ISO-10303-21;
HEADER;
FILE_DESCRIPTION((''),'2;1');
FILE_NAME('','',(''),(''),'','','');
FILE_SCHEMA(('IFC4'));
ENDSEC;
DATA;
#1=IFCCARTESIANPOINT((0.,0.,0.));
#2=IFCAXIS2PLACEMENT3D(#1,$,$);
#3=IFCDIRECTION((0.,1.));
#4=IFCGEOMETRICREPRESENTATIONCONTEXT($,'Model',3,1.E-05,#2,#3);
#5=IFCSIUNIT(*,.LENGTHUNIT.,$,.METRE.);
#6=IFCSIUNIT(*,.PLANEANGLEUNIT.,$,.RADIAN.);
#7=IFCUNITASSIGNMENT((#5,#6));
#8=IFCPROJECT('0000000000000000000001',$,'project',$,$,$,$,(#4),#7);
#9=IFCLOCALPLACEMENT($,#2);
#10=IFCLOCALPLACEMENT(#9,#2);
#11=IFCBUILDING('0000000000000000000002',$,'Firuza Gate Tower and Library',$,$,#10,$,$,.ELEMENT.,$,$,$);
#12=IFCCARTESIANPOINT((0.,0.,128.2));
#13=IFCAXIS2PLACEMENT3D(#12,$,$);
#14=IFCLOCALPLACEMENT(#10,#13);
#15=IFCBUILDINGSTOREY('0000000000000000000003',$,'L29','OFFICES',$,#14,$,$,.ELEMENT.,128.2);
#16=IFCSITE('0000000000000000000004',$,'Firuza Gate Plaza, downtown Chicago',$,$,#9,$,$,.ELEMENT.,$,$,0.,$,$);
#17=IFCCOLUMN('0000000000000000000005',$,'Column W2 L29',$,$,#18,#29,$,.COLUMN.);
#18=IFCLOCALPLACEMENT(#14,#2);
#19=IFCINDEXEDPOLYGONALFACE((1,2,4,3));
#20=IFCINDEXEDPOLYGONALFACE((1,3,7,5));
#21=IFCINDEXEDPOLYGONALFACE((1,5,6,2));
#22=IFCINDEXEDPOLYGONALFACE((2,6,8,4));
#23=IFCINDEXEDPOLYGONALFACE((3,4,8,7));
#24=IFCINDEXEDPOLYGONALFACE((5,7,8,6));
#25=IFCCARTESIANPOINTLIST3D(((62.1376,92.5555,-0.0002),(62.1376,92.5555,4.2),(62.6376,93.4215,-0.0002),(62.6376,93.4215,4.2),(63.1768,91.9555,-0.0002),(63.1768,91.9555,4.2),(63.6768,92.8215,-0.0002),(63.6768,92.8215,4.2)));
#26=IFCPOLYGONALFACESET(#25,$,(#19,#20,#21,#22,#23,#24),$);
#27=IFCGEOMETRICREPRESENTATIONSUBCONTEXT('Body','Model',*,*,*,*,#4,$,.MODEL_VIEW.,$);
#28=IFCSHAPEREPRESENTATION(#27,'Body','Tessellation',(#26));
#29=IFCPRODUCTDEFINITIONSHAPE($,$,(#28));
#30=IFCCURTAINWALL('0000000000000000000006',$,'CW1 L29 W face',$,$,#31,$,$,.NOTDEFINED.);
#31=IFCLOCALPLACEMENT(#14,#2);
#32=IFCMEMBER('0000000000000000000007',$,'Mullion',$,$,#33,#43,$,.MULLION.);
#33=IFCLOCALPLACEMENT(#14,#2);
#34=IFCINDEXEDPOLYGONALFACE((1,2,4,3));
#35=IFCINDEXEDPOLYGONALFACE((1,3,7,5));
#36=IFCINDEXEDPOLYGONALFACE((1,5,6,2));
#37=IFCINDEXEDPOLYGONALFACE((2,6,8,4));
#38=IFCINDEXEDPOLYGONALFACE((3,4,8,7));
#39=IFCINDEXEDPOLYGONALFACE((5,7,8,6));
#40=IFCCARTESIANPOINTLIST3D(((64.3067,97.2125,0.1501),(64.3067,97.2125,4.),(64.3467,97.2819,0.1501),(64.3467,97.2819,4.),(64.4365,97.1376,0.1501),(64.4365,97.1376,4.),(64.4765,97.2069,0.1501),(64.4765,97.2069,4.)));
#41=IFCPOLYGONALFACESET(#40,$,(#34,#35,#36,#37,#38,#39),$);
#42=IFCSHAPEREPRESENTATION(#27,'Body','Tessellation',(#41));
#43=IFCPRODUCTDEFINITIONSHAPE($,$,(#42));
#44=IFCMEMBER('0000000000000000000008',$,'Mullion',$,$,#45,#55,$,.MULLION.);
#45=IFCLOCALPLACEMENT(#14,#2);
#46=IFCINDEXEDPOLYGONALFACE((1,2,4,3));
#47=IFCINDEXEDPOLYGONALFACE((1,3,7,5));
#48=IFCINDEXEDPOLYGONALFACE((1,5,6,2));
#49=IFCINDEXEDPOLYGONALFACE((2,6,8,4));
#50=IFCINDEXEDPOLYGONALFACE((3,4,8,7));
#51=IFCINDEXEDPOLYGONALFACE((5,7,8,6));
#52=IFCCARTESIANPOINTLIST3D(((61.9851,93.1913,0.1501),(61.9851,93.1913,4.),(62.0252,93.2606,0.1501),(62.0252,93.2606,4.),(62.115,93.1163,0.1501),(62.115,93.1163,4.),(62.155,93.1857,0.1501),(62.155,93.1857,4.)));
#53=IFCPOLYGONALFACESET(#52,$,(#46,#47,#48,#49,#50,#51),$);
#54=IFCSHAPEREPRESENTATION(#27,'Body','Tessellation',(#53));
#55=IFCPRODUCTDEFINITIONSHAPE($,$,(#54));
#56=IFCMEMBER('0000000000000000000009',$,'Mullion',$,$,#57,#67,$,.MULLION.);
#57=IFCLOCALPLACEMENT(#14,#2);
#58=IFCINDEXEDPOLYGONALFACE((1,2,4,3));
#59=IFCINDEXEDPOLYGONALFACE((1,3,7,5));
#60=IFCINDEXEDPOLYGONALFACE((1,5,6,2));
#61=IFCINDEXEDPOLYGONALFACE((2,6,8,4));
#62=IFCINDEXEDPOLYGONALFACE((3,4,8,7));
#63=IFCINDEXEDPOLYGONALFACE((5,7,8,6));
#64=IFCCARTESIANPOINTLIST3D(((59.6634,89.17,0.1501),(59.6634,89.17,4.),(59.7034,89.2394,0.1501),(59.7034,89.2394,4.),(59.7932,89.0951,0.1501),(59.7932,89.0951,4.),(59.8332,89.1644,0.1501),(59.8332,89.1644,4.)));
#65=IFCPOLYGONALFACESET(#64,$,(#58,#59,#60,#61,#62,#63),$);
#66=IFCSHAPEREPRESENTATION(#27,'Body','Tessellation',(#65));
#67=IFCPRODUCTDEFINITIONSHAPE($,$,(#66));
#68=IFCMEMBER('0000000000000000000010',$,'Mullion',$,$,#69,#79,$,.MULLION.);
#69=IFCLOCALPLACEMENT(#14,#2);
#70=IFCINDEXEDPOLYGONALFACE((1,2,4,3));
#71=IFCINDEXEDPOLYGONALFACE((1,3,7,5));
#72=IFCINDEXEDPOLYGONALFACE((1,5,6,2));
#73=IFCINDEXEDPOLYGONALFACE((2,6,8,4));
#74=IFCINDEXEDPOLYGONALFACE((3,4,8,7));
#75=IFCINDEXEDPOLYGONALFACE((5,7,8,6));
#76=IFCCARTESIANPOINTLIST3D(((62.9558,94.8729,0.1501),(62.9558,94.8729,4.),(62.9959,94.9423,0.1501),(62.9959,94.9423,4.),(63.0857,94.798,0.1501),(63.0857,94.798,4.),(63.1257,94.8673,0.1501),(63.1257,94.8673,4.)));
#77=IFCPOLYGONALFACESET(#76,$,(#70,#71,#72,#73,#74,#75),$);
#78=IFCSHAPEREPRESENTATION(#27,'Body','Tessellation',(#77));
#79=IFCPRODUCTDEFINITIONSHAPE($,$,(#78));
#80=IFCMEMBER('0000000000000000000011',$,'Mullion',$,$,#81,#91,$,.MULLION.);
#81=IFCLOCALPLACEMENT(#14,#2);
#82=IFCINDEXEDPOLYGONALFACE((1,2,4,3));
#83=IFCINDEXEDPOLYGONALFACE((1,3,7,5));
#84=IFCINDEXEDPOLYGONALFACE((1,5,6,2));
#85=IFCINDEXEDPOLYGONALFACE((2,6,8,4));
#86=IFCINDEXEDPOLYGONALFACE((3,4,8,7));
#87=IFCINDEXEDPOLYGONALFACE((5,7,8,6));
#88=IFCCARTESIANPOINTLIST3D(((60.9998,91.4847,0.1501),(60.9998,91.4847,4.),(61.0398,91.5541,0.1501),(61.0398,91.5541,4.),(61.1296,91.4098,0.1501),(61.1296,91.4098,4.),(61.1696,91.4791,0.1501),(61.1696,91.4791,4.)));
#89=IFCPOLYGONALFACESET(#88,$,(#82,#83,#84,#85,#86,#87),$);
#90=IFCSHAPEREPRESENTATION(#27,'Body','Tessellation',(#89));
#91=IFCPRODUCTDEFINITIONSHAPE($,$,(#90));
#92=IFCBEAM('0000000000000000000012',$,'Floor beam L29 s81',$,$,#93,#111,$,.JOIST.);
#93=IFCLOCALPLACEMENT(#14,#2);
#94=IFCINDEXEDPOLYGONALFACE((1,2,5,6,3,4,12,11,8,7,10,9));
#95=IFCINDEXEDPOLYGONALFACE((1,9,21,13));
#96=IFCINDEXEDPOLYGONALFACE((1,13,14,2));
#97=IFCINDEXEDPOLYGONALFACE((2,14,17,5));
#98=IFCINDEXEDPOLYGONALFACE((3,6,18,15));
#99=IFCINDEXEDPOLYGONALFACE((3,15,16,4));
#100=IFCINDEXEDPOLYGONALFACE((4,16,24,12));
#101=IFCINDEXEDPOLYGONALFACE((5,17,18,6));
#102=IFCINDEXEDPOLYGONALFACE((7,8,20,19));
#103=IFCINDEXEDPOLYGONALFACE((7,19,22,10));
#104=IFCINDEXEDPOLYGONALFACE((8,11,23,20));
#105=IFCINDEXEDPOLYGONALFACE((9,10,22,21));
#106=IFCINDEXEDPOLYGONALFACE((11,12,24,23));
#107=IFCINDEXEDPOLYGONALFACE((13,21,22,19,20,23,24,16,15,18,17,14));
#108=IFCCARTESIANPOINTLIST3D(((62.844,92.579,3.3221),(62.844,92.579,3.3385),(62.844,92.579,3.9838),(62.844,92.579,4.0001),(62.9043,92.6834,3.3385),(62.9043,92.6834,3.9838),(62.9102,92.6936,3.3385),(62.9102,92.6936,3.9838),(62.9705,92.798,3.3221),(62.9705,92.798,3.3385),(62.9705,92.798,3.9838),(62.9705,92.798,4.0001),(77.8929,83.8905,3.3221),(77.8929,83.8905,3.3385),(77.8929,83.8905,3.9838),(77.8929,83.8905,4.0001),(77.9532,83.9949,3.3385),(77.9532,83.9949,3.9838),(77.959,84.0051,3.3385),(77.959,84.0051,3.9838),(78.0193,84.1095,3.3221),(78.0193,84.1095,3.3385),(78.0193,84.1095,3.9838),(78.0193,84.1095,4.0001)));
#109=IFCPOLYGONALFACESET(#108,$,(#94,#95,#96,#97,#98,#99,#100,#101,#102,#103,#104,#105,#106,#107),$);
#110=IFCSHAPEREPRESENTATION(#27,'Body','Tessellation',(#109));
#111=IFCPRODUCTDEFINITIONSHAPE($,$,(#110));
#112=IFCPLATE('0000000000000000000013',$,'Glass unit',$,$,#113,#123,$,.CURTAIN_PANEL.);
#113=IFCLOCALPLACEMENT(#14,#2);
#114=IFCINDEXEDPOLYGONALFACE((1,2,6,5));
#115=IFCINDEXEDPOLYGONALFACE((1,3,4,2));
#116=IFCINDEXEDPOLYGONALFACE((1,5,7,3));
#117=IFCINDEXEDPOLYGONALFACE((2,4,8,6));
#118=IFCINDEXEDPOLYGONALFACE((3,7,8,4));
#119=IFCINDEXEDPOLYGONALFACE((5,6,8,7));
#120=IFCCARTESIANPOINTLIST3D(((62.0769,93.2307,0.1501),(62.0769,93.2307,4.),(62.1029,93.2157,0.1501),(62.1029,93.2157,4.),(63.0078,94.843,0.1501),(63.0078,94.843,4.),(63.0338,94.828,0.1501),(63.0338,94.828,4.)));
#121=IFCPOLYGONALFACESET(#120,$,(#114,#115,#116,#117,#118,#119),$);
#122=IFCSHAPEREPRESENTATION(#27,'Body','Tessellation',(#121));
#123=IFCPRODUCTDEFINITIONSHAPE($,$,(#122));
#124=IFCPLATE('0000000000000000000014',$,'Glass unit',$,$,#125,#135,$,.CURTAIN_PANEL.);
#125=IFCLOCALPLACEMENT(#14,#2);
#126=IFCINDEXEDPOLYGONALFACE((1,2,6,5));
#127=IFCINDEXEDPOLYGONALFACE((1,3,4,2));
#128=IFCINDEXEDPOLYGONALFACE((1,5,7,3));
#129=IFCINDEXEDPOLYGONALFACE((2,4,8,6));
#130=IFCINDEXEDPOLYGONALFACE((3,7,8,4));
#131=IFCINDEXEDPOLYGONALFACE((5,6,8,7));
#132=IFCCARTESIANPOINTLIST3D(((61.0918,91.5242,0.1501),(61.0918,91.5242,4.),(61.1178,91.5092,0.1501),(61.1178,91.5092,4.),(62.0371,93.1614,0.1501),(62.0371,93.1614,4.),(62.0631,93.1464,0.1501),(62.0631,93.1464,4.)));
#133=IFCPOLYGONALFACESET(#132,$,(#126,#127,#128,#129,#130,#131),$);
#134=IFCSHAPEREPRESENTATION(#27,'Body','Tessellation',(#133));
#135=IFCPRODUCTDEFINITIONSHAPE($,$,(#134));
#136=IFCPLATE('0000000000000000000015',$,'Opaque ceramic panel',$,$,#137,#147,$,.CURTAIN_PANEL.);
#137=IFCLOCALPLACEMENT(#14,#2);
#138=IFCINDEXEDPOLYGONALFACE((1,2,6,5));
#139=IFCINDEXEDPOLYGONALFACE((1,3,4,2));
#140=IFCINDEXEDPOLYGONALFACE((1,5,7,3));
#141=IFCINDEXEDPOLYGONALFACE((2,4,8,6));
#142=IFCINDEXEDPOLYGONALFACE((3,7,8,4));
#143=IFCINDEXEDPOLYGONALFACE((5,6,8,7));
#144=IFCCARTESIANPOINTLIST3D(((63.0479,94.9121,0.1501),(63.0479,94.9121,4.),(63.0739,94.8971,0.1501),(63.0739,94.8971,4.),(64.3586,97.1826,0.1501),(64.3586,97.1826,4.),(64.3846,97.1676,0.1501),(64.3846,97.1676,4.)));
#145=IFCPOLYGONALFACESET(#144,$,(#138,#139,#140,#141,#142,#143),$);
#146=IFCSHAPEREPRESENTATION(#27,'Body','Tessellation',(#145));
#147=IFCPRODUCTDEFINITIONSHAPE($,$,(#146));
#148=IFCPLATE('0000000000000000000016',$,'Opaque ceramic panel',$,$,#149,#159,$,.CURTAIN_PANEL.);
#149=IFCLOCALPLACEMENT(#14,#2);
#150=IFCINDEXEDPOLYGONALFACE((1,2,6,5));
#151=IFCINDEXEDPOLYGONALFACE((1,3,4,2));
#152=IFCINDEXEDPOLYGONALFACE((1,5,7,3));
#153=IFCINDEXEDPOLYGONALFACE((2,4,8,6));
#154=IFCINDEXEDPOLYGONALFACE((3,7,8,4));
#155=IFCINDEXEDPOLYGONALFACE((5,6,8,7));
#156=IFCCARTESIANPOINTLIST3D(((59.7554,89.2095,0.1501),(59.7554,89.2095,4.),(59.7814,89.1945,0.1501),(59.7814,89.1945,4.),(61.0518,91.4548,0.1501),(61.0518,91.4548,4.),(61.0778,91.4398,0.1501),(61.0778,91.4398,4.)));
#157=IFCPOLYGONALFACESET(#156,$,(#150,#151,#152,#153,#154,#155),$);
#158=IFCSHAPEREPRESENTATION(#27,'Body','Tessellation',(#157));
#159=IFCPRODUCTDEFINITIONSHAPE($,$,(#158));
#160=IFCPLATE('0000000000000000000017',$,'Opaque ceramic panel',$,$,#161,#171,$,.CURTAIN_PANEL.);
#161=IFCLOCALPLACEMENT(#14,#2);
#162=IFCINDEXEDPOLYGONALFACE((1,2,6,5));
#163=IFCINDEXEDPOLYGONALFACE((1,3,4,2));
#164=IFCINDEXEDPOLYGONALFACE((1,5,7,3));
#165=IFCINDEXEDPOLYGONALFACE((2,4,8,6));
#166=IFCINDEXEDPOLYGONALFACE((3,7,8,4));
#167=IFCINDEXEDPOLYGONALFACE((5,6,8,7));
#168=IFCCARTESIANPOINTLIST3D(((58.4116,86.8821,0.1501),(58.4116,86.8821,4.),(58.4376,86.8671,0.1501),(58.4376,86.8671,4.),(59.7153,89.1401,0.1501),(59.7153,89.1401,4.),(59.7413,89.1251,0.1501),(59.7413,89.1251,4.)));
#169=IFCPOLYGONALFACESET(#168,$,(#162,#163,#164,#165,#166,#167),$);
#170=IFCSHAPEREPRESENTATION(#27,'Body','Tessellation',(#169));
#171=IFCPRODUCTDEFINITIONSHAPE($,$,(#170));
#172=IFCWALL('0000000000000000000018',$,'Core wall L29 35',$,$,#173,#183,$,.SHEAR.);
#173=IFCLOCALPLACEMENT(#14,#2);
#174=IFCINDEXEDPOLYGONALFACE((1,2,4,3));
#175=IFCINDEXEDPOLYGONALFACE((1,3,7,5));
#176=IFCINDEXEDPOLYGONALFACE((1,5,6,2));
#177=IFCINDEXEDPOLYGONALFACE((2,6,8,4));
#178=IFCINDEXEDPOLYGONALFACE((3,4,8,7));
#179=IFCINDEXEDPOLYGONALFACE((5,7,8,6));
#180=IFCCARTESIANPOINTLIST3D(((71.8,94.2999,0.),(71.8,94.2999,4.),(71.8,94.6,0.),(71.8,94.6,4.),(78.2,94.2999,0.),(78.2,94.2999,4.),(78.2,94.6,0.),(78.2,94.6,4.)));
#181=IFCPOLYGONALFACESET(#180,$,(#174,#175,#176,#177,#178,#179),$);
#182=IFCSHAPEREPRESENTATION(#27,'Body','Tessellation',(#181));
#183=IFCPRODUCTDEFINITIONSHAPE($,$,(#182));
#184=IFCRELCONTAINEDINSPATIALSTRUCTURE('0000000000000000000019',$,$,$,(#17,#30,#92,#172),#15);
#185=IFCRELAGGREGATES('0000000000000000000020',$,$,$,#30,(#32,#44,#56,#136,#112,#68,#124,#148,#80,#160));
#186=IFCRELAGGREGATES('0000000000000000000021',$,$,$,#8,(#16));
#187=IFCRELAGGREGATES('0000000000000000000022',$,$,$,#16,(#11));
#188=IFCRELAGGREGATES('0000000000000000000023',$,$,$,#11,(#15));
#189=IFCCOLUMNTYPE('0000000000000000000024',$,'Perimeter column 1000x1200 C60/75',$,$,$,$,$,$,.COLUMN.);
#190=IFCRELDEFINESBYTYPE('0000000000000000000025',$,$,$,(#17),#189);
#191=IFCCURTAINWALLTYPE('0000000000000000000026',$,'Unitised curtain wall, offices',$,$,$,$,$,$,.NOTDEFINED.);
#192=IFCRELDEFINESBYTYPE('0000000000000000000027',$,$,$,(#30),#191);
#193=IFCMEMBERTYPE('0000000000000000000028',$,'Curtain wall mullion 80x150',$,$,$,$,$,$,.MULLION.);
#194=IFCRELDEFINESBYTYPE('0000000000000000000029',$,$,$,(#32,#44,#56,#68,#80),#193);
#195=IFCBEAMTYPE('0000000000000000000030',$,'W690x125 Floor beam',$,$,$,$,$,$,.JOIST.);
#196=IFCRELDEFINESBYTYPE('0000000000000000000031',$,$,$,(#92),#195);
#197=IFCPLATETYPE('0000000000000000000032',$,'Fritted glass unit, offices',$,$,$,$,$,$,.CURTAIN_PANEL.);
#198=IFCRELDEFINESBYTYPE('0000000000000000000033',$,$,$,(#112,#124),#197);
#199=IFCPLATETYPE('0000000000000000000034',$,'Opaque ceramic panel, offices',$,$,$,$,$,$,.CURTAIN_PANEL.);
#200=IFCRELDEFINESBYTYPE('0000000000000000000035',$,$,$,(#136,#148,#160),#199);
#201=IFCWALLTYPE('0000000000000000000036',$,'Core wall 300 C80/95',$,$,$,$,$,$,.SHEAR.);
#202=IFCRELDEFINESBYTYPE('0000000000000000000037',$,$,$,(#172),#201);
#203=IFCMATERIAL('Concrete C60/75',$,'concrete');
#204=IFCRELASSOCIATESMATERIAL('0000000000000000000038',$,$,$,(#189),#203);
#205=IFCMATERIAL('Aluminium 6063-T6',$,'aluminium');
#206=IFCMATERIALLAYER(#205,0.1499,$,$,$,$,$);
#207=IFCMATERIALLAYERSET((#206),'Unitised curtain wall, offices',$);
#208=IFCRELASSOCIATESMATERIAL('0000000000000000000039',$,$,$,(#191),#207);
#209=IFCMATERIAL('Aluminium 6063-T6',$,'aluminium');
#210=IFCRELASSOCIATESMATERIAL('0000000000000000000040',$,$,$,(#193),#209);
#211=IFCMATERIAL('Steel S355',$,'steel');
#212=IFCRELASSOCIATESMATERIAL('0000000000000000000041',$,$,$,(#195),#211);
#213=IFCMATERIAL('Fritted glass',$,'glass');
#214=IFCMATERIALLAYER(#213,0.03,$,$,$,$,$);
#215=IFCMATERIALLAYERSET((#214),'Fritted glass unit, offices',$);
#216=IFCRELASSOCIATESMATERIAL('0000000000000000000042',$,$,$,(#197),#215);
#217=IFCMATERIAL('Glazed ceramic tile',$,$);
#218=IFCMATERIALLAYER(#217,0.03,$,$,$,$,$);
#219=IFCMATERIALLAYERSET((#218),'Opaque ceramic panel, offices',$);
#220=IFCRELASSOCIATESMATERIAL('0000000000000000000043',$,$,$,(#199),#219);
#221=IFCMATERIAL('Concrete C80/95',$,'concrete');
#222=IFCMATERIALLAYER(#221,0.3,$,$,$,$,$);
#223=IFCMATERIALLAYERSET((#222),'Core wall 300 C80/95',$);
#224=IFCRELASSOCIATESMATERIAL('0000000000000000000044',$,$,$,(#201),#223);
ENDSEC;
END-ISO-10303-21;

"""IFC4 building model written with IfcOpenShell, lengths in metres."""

from ifc_helpers import new_model, si_unit, direction, frame, frame_2d, origin, origin_2d, place, context, subcontext, project, spatial, polyline, rectangle, i_section, outline, extrude, material, layer, layer_set, material_profile, profile_set, type_object, element, aggregate, save


model = new_model("IFC4")

# Units and contexts
model_context = context("Model", 3, precision=1e-05, world=origin(), true_north=direction((0.0, 1.0)))
body_context = subcontext(model_context, "Body", "Model", "MODEL_VIEW")
ifc_project = project(units=[si_unit("LENGTHUNIT", "METRE"), si_unit("PLANEANGLEUNIT", "RADIAN")], contexts=[model_context])

# Site, building, storey
site_placement = place(None, origin())
site = spatial("IfcSite", under=ifc_project, at=site_placement, Name="Firuza Gate Plaza, downtown Chicago", CompositionType="ELEMENT", RefElevation=0.0)
building_placement = place(site_placement, origin())
building = spatial("IfcBuilding", under=site, at=building_placement, Name="Firuza Gate Tower and Library", CompositionType="ELEMENT")
storey_placement = place(building_placement, frame((0.0, 0.0, 128.2)))
storey = spatial("IfcBuildingStorey", under=building, at=storey_placement, Name="L29", Description="OFFICES", CompositionType="ELEMENT", Elevation=128.2)

# Column
ifc_material_1 = material(Name="Concrete C60/75", Category="concrete")
ifc_material_profile_1 = material_profile(ifc_material_1, rectangle(XDim=1.0, YDim=1.2, at=origin_2d()))
ifc_profile_set_1 = profile_set([ifc_material_profile_1], Name="Concrete C60/75")
column_type = type_object("IfcColumnType", Name="Perimeter column 1000x1200 C60/75", PredefinedType="COLUMN", material=ifc_profile_set_1)
column_placement = place(storey_placement, frame((62.9072, 92.6885, -0.0002), z_axis=(0.0, 0.0, 1.0), x_axis=(-0.5, -0.866025, 0.0)))
element("IfcColumn", 1, at=column_placement, inside=storey, type_object=column_type, Name="Column W2 L29", PredefinedType="COLUMN", context=body_context, shape_type="SweptSolid", body=[
    extrude(rectangle(XDim=1.0, YDim=1.2, at=origin_2d()), origin(), (0.0, 0.0, 1.0), 4.2002),
])

# Curtain wall, members
ifc_material_2 = material(Name="Aluminium 6063-T6", Category="aluminium")
ifc_layer_1 = layer(ifc_material_2, 0.1499)
ifc_layer_set_1 = layer_set([ifc_layer_1], Name="Unitised curtain wall, offices")
curtain_wall_type = type_object("IfcCurtainWallType", Name="Unitised curtain wall, offices", PredefinedType="NOTDEFINED", material=ifc_layer_set_1)
placement = place(storey_placement, origin())
curtain_wall = element("IfcCurtainWall", 2, at=placement, inside=storey, type_object=curtain_wall_type, Name="CW1 L29 W face", PredefinedType="NOTDEFINED")
ifc_material_3 = material(Name="Aluminium 6063-T6", Category="aluminium")
ifc_material_profile_2 = material_profile(ifc_material_3, rectangle(XDim=0.1499, YDim=0.0801, at=origin_2d()))
ifc_profile_set_2 = profile_set([ifc_material_profile_2], Name="Aluminium 6063-T6")
member_type = type_object("IfcMemberType", Name="Curtain wall mullion 80x150", PredefinedType="MULLION", material=ifc_profile_set_2)
member_1_placement = place(storey_placement, frame((64.3916, 97.2097, 0.1501), z_axis=(0.0, 0.0, 1.0), x_axis=(0.866025, -0.5, 0.0)))
member_1 = element("IfcMember", 3, at=member_1_placement, type_object=member_type, Name="Mullion", PredefinedType="MULLION", context=body_context, shape_type="SweptSolid", body=[
    extrude(rectangle(XDim=0.1499, YDim=0.0801, at=origin_2d()), origin(), (0.0, 0.0, 1.0), 3.8499),
])
member_2_placement = place(storey_placement, frame((62.0701, 93.1885, 0.1501), z_axis=(0.0, 0.0, 1.0), x_axis=(0.866025, -0.5, 0.0)))
member_2 = element("IfcMember", 4, at=member_2_placement, type_object=member_type, Name="Mullion", PredefinedType="MULLION", context=body_context, shape_type="SweptSolid", body=[
    extrude(rectangle(XDim=0.1499, YDim=0.0801, at=origin_2d()), origin(), (0.0, 0.0, 1.0), 3.8499),
])
member_3_placement = place(storey_placement, frame((59.7483, 89.1672, 0.1501), z_axis=(0.0, 0.0, 1.0), x_axis=(0.866025, -0.5, 0.0)))
member_3 = element("IfcMember", 5, at=member_3_placement, type_object=member_type, Name="Mullion", PredefinedType="MULLION", context=body_context, shape_type="SweptSolid", body=[
    extrude(rectangle(XDim=0.1499, YDim=0.0801, at=origin_2d()), origin(), (0.0, 0.0, 1.0), 3.8499),
])
member_4_placement = place(storey_placement, frame((63.0408, 94.8701, 0.1501), z_axis=(0.0, 0.0, 1.0), x_axis=(0.866025, -0.5, 0.0)))
member_4 = element("IfcMember", 6, at=member_4_placement, type_object=member_type, Name="Mullion", PredefinedType="MULLION", context=body_context, shape_type="SweptSolid", body=[
    extrude(rectangle(XDim=0.1499, YDim=0.0801, at=origin_2d()), origin(), (0.0, 0.0, 1.0), 3.8499),
])
member_5_placement = place(storey_placement, frame((61.0847, 91.4819, 0.1501), z_axis=(0.0, 0.0, 1.0), x_axis=(0.866025, -0.5, 0.0)))
member_5 = element("IfcMember", 7, at=member_5_placement, type_object=member_type, Name="Mullion", PredefinedType="MULLION", context=body_context, shape_type="SweptSolid", body=[
    extrude(rectangle(XDim=0.1499, YDim=0.0801, at=origin_2d()), origin(), (0.0, 0.0, 1.0), 3.8499),
])

# Beam
ifc_material_4 = material(Name="Steel S355", Category="steel")
ifc_material_profile_3 = material_profile(ifc_material_4, i_section(OverallWidth=0.2529, OverallDepth=0.678, WebThickness=0.0117, FlangeThickness=0.0164, at=origin_2d()))
ifc_profile_set_3 = profile_set([ifc_material_profile_3], Name="Steel S355")
beam_type = type_object("IfcBeamType", Name="W690x125 Floor beam", PredefinedType="JOIST", material=ifc_profile_set_3)
beam_placement = place(storey_placement, frame((62.9072, 92.6885, 3.6611), z_axis=(0.866025, -0.500001, 0.0), x_axis=(0.500001, 0.866025, 0.0)))
element("IfcBeam", 8, at=beam_placement, inside=storey, type_object=beam_type, Name="Floor beam L29 s81", PredefinedType="JOIST", context=body_context, shape_type="SweptSolid", body=[
    extrude(i_section(OverallWidth=0.2529, OverallDepth=0.678, WebThickness=0.0117, FlangeThickness=0.0164, at=origin_2d()), origin(), (0.0, 0.0, 1.0), 17.377),
])

# Plates
ifc_material_5 = material(Name="Fritted glass", Category="glass")
ifc_layer_2 = layer(ifc_material_5, 0.03)
ifc_layer_set_2 = layer_set([ifc_layer_2], Name="Fritted glass unit, offices")
plate_type_1 = type_object("IfcPlateType", Name="Fritted glass unit, offices", PredefinedType="CURTAIN_PANEL", material=ifc_layer_set_2)
plate_1_placement = place(storey_placement, frame((63.0078, 94.843, 0.1501), z_axis=(-0.866015, 0.500018, 0.0), x_axis=(-0.500018, -0.866015, 0.0)))
plate_1 = element("IfcPlate", 9, at=plate_1_placement, type_object=plate_type_1, Name="Glass unit", PredefinedType="CURTAIN_PANEL", context=body_context, shape_type="SweptSolid", body=[
    extrude(outline(polyline([(0.0, 0.0), (1.8618, 0.0), (1.8618, 3.8499), (0.0, 3.8499), (0.0, 0.0)])), origin(), (0.0, 0.0, -1.0), 0.03),
])
plate_2_placement = place(storey_placement, frame((62.0371, 93.1614, 0.1501), z_axis=(-0.866009, 0.500028, 0.0), x_axis=(-0.500028, -0.866009, 0.0)))
plate_2 = element("IfcPlate", 10, at=plate_2_placement, type_object=plate_type_1, Name="Glass unit", PredefinedType="CURTAIN_PANEL", context=body_context, shape_type="SweptSolid", body=[
    extrude(outline(polyline([(0.0, 0.0), (1.8905, 0.0), (1.8905, 3.8499), (0.0, 3.8499), (0.0, 0.0)])), origin(), (0.0, 0.0, -1.0), 0.03),
])
ifc_material_6 = material(Name="Glazed ceramic tile")
ifc_layer_3 = layer(ifc_material_6, 0.03)
ifc_layer_set_3 = layer_set([ifc_layer_3], Name="Opaque ceramic panel, offices")
plate_type_2 = type_object("IfcPlateType", Name="Opaque ceramic panel, offices", PredefinedType="CURTAIN_PANEL", material=ifc_layer_set_3)
plate_3_placement = place(storey_placement, frame((64.3586, 97.1826, 0.1501), z_axis=(-0.86604, 0.499975, 0.0), x_axis=(-0.499975, -0.86604, 0.0)))
plate_3 = element("IfcPlate", 11, at=plate_3_placement, type_object=plate_type_2, Name="Opaque ceramic panel", PredefinedType="CURTAIN_PANEL", context=body_context, shape_type="SweptSolid", body=[
    extrude(outline(polyline([(0.0, 0.0), (2.6217, 0.0), (2.6217, 3.8499), (0.0, 3.8499), (0.0, 0.0)])), origin(), (0.0, 0.0, -1.0), 0.03),
])
plate_4_placement = place(storey_placement, frame((61.0518, 91.4548, 0.1501), z_axis=(-0.866021, 0.500008, 0.0), x_axis=(-0.500008, -0.866021, 0.0)))
plate_4 = element("IfcPlate", 12, at=plate_4_placement, type_object=plate_type_2, Name="Opaque ceramic panel", PredefinedType="CURTAIN_PANEL", context=body_context, shape_type="SweptSolid", body=[
    extrude(outline(polyline([(0.0, 0.0), (2.5927, 0.0), (2.5927, 3.8499), (0.0, 3.8499), (0.0, 0.0)])), origin(), (0.0, 0.0, -1.0), 0.03),
])
plate_5_placement = place(storey_placement, frame((59.7153, 89.1401, 0.1501), z_axis=(-0.866022, 0.500006, 0.0), x_axis=(-0.500006, -0.866022, 0.0)))
plate_5 = element("IfcPlate", 13, at=plate_5_placement, type_object=plate_type_2, Name="Opaque ceramic panel", PredefinedType="CURTAIN_PANEL", context=body_context, shape_type="SweptSolid", body=[
    extrude(outline(polyline([(0.0, 0.0), (2.6074, 0.0), (2.6074, 3.8499), (0.0, 3.8499), (0.0, 0.0)])), origin(), (0.0, 0.0, -1.0), 0.03),
])
aggregate(curtain_wall, [member_1, member_2, member_3, plate_3, plate_1, member_4, plate_2, plate_4, member_5, plate_5])

# Wall
ifc_material_7 = material(Name="Concrete C80/95", Category="concrete")
ifc_layer_4 = layer(ifc_material_7, 0.3)
ifc_layer_set_4 = layer_set([ifc_layer_4], Name="Core wall 300 C80/95")
wall_type_1 = type_object("IfcWallType", Name="Core wall 300 C80/95", PredefinedType="SHEAR", material=ifc_layer_set_4)
wall_1_placement = place(storey_placement, frame((71.8, 94.45, 0.0), z_axis=(0.0, 0.0, 1.0), x_axis=(1.0, 0.0, 0.0)))
element("IfcWall", 14, at=wall_1_placement, inside=storey, type_object=wall_type_1, Name="Core wall L29 35", PredefinedType="SHEAR", context=body_context, shape_type="SweptSolid", body=[
    extrude(rectangle(XDim=6.3999, YDim=0.3, at=frame_2d((3.2, 0.0))), origin(), (0.0, 0.0, 1.0), 4.0),
])

save(model, "model.ifc")
